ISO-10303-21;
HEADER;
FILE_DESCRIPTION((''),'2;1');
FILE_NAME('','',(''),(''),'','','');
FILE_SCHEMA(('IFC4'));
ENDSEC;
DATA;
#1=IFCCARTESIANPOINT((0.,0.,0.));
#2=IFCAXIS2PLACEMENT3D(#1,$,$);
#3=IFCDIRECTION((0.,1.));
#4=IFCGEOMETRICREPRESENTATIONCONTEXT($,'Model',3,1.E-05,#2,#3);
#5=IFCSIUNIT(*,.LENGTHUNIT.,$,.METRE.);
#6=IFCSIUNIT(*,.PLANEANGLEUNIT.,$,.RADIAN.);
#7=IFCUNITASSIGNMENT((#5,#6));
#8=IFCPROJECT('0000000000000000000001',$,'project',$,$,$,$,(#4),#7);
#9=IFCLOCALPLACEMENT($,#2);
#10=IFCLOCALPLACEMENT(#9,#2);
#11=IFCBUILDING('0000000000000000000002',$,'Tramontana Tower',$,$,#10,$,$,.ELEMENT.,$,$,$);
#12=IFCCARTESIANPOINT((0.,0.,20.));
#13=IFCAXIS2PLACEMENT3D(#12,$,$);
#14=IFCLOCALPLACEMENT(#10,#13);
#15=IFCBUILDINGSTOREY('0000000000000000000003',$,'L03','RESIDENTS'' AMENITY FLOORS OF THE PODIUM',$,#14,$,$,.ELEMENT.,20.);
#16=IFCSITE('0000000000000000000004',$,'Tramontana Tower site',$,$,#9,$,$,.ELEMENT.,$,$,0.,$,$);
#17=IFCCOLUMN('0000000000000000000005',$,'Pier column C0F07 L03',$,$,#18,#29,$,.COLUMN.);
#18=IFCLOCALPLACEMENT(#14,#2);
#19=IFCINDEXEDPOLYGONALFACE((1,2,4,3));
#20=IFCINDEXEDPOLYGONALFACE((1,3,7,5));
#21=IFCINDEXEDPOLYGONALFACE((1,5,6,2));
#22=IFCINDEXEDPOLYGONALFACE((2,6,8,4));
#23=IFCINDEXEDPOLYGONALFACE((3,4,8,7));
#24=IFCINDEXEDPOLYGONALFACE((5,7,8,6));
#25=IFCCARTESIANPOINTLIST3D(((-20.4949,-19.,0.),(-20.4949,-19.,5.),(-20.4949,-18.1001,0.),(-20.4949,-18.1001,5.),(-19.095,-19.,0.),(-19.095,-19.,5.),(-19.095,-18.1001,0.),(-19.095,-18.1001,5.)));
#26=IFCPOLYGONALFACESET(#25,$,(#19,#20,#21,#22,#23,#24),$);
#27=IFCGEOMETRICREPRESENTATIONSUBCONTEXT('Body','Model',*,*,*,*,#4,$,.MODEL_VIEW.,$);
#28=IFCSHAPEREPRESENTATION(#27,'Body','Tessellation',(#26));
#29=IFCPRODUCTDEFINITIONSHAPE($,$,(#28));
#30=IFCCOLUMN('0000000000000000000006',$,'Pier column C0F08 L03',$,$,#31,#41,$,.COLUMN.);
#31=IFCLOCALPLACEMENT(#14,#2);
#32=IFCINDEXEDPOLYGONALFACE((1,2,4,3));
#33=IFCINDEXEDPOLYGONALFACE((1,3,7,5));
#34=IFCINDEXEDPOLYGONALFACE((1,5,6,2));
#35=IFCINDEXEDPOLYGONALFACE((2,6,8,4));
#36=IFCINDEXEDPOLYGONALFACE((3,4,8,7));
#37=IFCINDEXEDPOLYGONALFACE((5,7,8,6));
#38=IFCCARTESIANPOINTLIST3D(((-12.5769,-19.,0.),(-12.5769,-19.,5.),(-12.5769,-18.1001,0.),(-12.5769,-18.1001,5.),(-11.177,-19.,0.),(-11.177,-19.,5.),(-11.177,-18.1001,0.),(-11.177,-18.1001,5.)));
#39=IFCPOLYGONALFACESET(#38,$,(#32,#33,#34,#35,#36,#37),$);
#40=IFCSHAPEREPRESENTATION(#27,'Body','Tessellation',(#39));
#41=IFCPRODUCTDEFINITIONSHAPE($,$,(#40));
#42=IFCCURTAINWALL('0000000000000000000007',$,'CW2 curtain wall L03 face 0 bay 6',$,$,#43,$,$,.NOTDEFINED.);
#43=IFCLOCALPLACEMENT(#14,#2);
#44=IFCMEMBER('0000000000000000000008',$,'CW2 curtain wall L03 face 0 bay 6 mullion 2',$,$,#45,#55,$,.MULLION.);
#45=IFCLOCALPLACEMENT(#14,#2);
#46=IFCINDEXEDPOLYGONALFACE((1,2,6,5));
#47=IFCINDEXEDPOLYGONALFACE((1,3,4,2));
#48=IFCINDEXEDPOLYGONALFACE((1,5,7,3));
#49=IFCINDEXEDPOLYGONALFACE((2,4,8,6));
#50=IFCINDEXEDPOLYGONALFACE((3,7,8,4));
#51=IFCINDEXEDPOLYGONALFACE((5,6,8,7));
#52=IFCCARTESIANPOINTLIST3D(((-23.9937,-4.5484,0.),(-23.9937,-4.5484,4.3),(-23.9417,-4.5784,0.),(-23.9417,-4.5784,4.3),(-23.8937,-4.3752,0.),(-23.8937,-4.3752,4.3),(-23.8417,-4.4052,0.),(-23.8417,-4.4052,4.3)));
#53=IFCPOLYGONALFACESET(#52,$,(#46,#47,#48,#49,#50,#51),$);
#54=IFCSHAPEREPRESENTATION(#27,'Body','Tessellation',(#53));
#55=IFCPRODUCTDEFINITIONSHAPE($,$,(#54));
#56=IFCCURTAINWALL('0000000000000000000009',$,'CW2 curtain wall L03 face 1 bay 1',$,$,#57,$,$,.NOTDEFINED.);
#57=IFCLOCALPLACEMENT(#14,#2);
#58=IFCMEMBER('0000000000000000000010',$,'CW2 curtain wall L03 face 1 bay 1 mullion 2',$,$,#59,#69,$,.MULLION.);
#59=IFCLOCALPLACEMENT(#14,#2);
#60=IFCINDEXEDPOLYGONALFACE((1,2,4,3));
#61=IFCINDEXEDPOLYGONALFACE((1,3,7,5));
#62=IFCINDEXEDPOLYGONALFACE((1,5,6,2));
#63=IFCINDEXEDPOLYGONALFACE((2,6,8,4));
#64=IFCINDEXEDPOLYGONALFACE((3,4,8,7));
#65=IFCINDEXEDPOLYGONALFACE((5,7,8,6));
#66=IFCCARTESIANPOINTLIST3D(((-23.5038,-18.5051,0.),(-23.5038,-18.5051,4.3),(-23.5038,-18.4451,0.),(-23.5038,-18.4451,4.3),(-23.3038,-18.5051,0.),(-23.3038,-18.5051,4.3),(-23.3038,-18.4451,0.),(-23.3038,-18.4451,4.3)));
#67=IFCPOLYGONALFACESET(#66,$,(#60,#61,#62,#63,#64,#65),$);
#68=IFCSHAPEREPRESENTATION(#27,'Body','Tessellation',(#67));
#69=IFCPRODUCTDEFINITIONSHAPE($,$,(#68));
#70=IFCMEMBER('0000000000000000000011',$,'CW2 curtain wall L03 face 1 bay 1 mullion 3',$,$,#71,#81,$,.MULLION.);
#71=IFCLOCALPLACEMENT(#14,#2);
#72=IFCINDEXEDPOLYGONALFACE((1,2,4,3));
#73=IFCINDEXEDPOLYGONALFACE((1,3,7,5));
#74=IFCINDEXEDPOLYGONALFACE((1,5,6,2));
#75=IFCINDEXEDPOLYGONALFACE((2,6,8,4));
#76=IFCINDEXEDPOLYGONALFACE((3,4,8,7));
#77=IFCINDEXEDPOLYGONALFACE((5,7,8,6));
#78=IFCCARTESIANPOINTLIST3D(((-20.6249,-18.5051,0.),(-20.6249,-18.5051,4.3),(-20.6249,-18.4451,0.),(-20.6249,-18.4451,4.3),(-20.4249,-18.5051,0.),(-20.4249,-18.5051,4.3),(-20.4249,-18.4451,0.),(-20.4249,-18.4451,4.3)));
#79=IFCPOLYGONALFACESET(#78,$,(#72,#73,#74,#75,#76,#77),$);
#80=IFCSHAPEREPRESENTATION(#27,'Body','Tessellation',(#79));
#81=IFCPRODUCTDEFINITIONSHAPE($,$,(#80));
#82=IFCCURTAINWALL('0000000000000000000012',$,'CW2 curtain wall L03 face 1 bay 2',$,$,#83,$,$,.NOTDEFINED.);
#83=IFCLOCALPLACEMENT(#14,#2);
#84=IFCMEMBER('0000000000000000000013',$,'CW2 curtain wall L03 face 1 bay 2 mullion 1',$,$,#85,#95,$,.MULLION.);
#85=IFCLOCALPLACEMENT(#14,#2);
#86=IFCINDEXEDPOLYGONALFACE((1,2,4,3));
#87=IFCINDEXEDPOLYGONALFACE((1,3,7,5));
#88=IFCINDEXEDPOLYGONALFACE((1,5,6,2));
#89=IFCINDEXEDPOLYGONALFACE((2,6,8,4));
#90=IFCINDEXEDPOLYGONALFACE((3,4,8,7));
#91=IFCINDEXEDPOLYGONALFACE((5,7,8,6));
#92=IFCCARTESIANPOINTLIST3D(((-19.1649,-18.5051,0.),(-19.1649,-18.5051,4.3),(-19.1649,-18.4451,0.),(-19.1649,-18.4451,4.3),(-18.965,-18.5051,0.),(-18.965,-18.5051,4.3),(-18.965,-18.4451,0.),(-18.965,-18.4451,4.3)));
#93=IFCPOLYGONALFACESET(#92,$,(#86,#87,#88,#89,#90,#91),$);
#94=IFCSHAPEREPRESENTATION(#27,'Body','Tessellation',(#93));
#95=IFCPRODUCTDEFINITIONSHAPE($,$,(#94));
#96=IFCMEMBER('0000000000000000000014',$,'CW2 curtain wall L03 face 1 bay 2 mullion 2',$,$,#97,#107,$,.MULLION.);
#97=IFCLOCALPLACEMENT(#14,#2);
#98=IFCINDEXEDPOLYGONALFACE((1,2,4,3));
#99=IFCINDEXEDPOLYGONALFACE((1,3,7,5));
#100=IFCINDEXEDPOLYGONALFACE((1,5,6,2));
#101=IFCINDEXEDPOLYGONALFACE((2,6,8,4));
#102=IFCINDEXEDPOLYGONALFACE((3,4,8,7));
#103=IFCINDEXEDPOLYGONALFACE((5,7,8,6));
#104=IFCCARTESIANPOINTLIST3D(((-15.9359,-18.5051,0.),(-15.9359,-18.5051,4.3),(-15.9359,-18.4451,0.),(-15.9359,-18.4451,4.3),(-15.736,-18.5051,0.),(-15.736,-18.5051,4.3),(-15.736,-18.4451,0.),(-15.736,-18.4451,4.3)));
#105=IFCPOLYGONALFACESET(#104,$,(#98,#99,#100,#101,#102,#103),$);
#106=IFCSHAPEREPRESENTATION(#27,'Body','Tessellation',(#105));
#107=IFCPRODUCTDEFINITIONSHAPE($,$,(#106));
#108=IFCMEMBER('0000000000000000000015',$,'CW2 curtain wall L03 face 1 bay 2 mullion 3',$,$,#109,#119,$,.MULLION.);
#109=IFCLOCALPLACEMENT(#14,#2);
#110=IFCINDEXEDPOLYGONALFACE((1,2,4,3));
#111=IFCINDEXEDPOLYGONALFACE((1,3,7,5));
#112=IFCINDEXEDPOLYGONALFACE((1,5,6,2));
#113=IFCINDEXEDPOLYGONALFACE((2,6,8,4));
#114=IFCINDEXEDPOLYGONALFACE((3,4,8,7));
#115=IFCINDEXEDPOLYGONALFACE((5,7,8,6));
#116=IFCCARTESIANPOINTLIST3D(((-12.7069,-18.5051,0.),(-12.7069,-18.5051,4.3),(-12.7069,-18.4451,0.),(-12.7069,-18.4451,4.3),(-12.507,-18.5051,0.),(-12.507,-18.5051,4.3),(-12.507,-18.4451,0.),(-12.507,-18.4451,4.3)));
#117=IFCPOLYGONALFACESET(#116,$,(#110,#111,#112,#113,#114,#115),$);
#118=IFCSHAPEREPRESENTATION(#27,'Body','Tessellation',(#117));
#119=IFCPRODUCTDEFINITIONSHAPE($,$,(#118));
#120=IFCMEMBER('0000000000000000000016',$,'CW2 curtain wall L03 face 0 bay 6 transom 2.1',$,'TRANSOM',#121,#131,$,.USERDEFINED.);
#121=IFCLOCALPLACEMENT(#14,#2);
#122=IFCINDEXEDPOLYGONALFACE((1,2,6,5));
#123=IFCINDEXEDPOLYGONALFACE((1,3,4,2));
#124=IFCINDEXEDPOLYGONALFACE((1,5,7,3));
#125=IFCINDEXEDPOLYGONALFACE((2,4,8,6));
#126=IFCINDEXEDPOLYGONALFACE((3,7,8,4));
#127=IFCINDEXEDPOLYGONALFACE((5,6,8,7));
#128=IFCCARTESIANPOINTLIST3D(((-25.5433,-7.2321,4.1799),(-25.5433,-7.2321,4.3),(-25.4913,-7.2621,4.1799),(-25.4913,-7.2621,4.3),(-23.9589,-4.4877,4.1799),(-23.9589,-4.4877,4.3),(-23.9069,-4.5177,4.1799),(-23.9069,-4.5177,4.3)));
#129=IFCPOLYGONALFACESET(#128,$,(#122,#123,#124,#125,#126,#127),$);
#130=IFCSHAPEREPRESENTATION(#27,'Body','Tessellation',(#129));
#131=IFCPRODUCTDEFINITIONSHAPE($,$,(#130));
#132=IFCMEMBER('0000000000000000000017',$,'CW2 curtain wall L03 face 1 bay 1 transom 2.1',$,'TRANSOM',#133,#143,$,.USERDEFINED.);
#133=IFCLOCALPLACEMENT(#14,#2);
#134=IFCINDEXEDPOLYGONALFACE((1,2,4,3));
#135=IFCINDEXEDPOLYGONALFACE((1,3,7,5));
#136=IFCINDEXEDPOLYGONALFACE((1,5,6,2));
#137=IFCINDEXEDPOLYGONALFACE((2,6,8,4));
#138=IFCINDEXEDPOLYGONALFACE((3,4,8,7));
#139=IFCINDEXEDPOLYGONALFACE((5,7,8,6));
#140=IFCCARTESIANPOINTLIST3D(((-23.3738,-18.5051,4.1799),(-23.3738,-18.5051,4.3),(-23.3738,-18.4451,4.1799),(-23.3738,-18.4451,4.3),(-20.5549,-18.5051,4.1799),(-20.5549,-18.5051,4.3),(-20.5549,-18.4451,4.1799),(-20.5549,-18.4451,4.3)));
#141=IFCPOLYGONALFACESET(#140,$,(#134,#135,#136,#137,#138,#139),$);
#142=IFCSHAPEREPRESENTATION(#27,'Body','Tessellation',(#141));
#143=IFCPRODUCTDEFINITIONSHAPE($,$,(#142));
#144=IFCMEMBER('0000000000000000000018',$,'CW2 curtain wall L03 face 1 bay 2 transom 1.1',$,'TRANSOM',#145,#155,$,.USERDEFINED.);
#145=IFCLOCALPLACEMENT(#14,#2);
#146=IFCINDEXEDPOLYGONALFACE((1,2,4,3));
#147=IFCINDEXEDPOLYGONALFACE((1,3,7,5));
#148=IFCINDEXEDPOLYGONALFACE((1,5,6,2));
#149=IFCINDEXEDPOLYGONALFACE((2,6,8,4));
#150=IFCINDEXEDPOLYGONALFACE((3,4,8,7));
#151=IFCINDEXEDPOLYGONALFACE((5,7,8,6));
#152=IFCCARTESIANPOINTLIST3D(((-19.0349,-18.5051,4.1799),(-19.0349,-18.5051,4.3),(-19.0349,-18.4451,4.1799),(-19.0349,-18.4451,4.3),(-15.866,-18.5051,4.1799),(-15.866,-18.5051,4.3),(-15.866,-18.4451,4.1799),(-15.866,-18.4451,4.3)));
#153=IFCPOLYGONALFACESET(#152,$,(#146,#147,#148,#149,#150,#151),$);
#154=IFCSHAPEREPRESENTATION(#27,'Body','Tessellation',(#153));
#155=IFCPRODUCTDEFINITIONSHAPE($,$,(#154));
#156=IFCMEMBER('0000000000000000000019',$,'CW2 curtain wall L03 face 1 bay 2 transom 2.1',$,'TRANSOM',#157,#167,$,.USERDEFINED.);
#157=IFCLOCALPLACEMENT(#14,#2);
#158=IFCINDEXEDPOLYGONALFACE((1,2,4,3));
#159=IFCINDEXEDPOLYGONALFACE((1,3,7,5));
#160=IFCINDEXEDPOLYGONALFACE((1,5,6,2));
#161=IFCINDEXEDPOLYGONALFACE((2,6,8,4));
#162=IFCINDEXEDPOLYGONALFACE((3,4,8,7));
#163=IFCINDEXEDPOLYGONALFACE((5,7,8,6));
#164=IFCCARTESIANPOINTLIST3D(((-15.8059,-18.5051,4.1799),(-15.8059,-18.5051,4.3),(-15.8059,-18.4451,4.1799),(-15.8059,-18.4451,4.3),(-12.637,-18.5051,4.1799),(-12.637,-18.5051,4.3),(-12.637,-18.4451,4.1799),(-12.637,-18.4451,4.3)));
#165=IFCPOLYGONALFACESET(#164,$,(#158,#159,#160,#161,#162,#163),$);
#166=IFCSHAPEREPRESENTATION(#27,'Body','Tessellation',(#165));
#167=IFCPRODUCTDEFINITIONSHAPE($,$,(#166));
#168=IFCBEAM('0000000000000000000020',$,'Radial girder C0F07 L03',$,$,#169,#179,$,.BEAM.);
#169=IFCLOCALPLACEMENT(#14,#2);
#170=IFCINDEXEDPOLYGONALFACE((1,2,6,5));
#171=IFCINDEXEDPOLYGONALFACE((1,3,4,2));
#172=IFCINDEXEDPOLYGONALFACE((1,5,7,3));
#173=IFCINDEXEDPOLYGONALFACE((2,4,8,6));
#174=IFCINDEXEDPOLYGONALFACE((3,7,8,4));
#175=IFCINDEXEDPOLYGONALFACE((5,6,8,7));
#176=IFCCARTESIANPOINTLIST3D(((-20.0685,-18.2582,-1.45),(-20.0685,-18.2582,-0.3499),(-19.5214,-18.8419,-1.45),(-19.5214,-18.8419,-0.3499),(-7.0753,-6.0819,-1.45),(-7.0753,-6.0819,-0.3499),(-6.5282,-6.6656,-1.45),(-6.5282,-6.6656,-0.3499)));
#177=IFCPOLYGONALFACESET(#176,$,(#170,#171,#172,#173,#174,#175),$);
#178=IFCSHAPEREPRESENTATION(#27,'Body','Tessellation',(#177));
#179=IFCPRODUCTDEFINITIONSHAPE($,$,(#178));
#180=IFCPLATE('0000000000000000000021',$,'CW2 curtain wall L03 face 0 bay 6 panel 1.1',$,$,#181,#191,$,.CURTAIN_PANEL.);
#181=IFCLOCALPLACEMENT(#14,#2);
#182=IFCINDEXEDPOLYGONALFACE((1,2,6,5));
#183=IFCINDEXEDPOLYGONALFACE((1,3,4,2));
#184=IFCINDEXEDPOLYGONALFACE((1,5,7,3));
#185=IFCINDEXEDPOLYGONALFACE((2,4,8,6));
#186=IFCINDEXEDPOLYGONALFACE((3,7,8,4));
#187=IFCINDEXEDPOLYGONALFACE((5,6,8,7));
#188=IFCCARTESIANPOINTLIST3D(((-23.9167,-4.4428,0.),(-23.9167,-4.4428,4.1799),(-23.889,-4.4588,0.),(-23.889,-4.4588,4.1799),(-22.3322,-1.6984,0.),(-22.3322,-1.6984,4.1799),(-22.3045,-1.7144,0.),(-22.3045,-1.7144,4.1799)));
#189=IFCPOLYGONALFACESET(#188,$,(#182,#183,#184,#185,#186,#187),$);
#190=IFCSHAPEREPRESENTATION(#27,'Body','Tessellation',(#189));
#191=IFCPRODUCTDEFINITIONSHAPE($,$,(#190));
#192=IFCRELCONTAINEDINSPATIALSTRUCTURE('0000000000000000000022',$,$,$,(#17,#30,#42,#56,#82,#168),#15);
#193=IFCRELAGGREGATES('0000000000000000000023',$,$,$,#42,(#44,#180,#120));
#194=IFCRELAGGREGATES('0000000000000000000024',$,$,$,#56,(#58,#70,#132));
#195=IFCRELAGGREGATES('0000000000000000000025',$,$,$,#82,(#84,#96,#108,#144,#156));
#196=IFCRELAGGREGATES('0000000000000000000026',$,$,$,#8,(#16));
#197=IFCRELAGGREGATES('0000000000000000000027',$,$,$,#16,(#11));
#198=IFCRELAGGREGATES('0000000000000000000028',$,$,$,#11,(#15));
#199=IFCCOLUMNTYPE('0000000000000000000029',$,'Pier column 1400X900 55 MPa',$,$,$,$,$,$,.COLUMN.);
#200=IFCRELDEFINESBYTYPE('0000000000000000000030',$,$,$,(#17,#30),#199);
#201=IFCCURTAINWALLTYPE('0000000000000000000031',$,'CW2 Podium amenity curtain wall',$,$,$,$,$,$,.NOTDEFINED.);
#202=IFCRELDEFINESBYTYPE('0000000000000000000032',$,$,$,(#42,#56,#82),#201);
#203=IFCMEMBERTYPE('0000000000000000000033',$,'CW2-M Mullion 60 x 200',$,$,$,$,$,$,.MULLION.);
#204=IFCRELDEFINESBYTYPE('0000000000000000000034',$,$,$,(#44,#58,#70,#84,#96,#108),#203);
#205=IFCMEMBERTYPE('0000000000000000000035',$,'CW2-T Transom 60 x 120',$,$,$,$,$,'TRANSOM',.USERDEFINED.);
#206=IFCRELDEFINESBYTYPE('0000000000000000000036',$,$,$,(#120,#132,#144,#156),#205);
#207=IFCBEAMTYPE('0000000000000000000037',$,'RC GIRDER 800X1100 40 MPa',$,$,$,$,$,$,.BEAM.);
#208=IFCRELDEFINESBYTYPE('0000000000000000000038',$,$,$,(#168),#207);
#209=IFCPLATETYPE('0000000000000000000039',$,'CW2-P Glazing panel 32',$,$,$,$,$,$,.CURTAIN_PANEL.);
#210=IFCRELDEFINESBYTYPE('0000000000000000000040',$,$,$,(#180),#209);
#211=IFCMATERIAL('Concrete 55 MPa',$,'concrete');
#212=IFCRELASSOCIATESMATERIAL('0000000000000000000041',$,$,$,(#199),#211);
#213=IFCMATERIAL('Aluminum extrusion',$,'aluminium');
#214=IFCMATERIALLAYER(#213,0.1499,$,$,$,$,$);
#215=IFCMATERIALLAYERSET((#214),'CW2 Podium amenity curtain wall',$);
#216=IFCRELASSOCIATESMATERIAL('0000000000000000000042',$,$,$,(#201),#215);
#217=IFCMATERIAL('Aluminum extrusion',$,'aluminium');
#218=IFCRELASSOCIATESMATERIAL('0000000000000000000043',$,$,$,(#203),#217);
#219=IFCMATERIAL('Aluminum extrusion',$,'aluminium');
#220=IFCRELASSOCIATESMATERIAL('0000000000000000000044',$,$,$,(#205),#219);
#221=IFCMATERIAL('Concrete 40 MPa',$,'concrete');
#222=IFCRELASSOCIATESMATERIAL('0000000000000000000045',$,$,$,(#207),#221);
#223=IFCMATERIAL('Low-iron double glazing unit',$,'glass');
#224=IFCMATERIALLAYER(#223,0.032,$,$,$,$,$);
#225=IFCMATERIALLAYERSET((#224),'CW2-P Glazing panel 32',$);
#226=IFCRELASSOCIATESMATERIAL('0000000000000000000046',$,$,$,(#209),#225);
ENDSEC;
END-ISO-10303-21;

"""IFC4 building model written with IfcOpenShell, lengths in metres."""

from ifc_helpers import new_model, si_unit, direction, frame, origin, origin_2d, place, context, subcontext, project, spatial, rectangle, extrude, material, layer, layer_set, material_profile, profile_set, type_object, element, aggregate, save


model = new_model("IFC4")

# Units and contexts
model_context = context("Model", 3, precision=1e-05, world=origin(), true_north=direction((0.0, 1.0)))
body_context = subcontext(model_context, "Body", "Model", "MODEL_VIEW")
ifc_project = project(units=[si_unit("LENGTHUNIT", "METRE"), si_unit("PLANEANGLEUNIT", "RADIAN")], contexts=[model_context])

# Site, building, storey
site_placement = place(None, origin())
site = spatial("IfcSite", under=ifc_project, at=site_placement, Name="Tramontana Tower site", CompositionType="ELEMENT", RefElevation=0.0)
building_placement = place(site_placement, origin())
building = spatial("IfcBuilding", under=site, at=building_placement, Name="Tramontana Tower", CompositionType="ELEMENT")
storey_placement = place(building_placement, frame((0.0, 0.0, 20.0)))
storey = spatial("IfcBuildingStorey", under=building, at=storey_placement, Name="L03", Description="RESIDENTS' AMENITY FLOORS OF THE PODIUM", CompositionType="ELEMENT", Elevation=20.0)

# Columns
ifc_material_1 = material(Name="Concrete 55 MPa", Category="concrete")
ifc_material_profile_1 = material_profile(ifc_material_1, rectangle(XDim=1.3999, YDim=0.8999, at=origin_2d()), Name="Pier column 1400X900 55 MPa")
ifc_profile_set_1 = profile_set([ifc_material_profile_1], Name="Concrete 55 MPa")
column_type = type_object("IfcColumnType", Name="Pier column 1400X900 55 MPa", PredefinedType="COLUMN", material=ifc_profile_set_1)
for number, where, z_axis, x_axis, name in (
    (1, (-19.7949, -18.55, 0.0), (0.0, 0.0, 1.0), (1.0, 0.0, 0.0), "Pier column C0F07 L03"),
    (2, (-11.877, -18.55, 0.0), (0.0, 0.0, 1.0), (1.0, 0.0, 0.0), "Pier column C0F08 L03"),
):
    element("IfcColumn", number, at=place(storey_placement, frame(where, z_axis=z_axis, x_axis=x_axis)), inside=storey, type_object=column_type, Name=name, PredefinedType="COLUMN", context=body_context, shape_type="SweptSolid", body=[
        extrude(rectangle(XDim=1.3999, YDim=0.8999, at=origin_2d()), origin(), (0.0, 0.0, 1.0), 5.0),
    ])

# Curtain wall, member
ifc_material_2 = material(Name="Aluminum extrusion", Category="aluminium")
ifc_layer_1 = layer(ifc_material_2, 0.1499)
ifc_layer_set_1 = layer_set([ifc_layer_1], Name="CW2 Podium amenity curtain wall")
curtain_wall_type = type_object("IfcCurtainWallType", Name="CW2 Podium amenity curtain wall", PredefinedType="NOTDEFINED", material=ifc_layer_set_1)
curtain_wall_1_placement = place(storey_placement, origin())
curtain_wall_1 = element("IfcCurtainWall", 3, at=curtain_wall_1_placement, inside=storey, type_object=curtain_wall_type, Name="CW2 curtain wall L03 face 0 bay 6", PredefinedType="NOTDEFINED")
ifc_material_3 = material(Name="Aluminum extrusion", Category="aluminium")
ifc_material_profile_2 = material_profile(ifc_material_3, rectangle(XDim=0.0601, YDim=0.2, at=origin_2d()), Name="CW2-M Mullion 60 x 200")
ifc_profile_set_2 = profile_set([ifc_material_profile_2], Name="Aluminum extrusion")
member_type_1 = type_object("IfcMemberType", Name="CW2-M Mullion 60 x 200", PredefinedType="MULLION", material=ifc_profile_set_2)
member_1_placement = place(storey_placement, frame((-23.9177, -4.4768, 0.0), z_axis=(0.0, 0.0, 1.0), x_axis=(0.866025, -0.5, 0.0)))
member_1 = element("IfcMember", 4, at=member_1_placement, type_object=member_type_1, Name="CW2 curtain wall L03 face 0 bay 6 mullion 2", PredefinedType="MULLION", context=body_context, shape_type="SweptSolid", body=[
    extrude(rectangle(XDim=0.0601, YDim=0.2, at=origin_2d()), origin(), (0.0, 0.0, 1.0), 4.3),
])

# Curtain walls, members
curtain_wall_2_placement = place(storey_placement, origin())
curtain_wall_2 = element("IfcCurtainWall", 5, at=curtain_wall_2_placement, inside=storey, type_object=curtain_wall_type, Name="CW2 curtain wall L03 face 1 bay 1", PredefinedType="NOTDEFINED")
member_2_placement = place(storey_placement, frame((-23.4038, -18.4751, 0.0), z_axis=(0.0, 0.0, 1.0), x_axis=(0.0, 1.0, 0.0)))
member_2 = element("IfcMember", 6, at=member_2_placement, type_object=member_type_1, Name="CW2 curtain wall L03 face 1 bay 1 mullion 2", PredefinedType="MULLION", context=body_context, shape_type="SweptSolid", body=[
    extrude(rectangle(XDim=0.0601, YDim=0.2, at=origin_2d()), origin(), (0.0, 0.0, 1.0), 4.3),
])
member_3_placement = place(storey_placement, frame((-20.5249, -18.4751, 0.0), z_axis=(0.0, 0.0, 1.0), x_axis=(0.0, 1.0, 0.0)))
member_3 = element("IfcMember", 7, at=member_3_placement, type_object=member_type_1, Name="CW2 curtain wall L03 face 1 bay 1 mullion 3", PredefinedType="MULLION", context=body_context, shape_type="SweptSolid", body=[
    extrude(rectangle(XDim=0.0601, YDim=0.2, at=origin_2d()), origin(), (0.0, 0.0, 1.0), 4.3),
])
curtain_wall_3_placement = place(storey_placement, origin())
curtain_wall_3 = element("IfcCurtainWall", 8, at=curtain_wall_3_placement, inside=storey, type_object=curtain_wall_type, Name="CW2 curtain wall L03 face 1 bay 2", PredefinedType="NOTDEFINED")
member_4_placement = place(storey_placement, frame((-19.0649, -18.4751, 0.0), z_axis=(0.0, 0.0, 1.0), x_axis=(0.0, 1.0, 0.0)))
member_4 = element("IfcMember", 9, at=member_4_placement, type_object=member_type_1, Name="CW2 curtain wall L03 face 1 bay 2 mullion 1", PredefinedType="MULLION", context=body_context, shape_type="SweptSolid", body=[
    extrude(rectangle(XDim=0.0601, YDim=0.2, at=origin_2d()), origin(), (0.0, 0.0, 1.0), 4.3),
])
member_5_placement = place(storey_placement, frame((-15.8359, -18.4751, 0.0), z_axis=(0.0, 0.0, 1.0), x_axis=(0.0, 1.0, 0.0)))
member_5 = element("IfcMember", 10, at=member_5_placement, type_object=member_type_1, Name="CW2 curtain wall L03 face 1 bay 2 mullion 2", PredefinedType="MULLION", context=body_context, shape_type="SweptSolid", body=[
    extrude(rectangle(XDim=0.0601, YDim=0.2, at=origin_2d()), origin(), (0.0, 0.0, 1.0), 4.3),
])
member_6_placement = place(storey_placement, frame((-12.6069, -18.4751, 0.0), z_axis=(0.0, 0.0, 1.0), x_axis=(0.0, 1.0, 0.0)))
member_6 = element("IfcMember", 11, at=member_6_placement, type_object=member_type_1, Name="CW2 curtain wall L03 face 1 bay 2 mullion 3", PredefinedType="MULLION", context=body_context, shape_type="SweptSolid", body=[
    extrude(rectangle(XDim=0.0601, YDim=0.2, at=origin_2d()), origin(), (0.0, 0.0, 1.0), 4.3),
])

# Members
ifc_material_4 = material(Name="Aluminum extrusion", Category="aluminium")
ifc_material_profile_3 = material_profile(ifc_material_4, rectangle(XDim=0.0601, YDim=0.1201, at=origin_2d()), Name="CW2-T Transom 60 x 120")
ifc_profile_set_3 = profile_set([ifc_material_profile_3], Name="Aluminum extrusion")
member_type_2 = type_object("IfcMemberType", Name="CW2-T Transom 60 x 120", ElementType="TRANSOM", PredefinedType="USERDEFINED", material=ifc_profile_set_3)
member_7_placement = place(storey_placement, frame((-23.9329, -4.5027, 4.24), z_axis=(-0.5, -0.866025, 0.0), x_axis=(0.866025, -0.5, 0.0)))
member_7 = element("IfcMember", 12, at=member_7_placement, type_object=member_type_2, Name="CW2 curtain wall L03 face 0 bay 6 transom 2.1", ObjectType="TRANSOM", PredefinedType="USERDEFINED", context=body_context, shape_type="SweptSolid", body=[
    extrude(rectangle(XDim=0.0601, YDim=0.1201, at=origin_2d()), origin(), (0.0, 0.0, 1.0), 3.1689),
])
member_8_placement = place(storey_placement, frame((-23.3738, -18.4751, 4.24), z_axis=(1.0, 0.0, 0.0), x_axis=(0.0, 1.0, 0.0)))
member_8 = element("IfcMember", 13, at=member_8_placement, type_object=member_type_2, Name="CW2 curtain wall L03 face 1 bay 1 transom 2.1", ObjectType="TRANSOM", PredefinedType="USERDEFINED", context=body_context, shape_type="SweptSolid", body=[
    extrude(rectangle(XDim=0.0601, YDim=0.1201, at=origin_2d()), origin(), (0.0, 0.0, 1.0), 2.8188),
])
member_9_placement = place(storey_placement, frame((-19.0349, -18.4751, 4.24), z_axis=(1.0, 0.0, 0.0), x_axis=(0.0, 1.0, 0.0)))
member_9 = element("IfcMember", 14, at=member_9_placement, type_object=member_type_2, Name="CW2 curtain wall L03 face 1 bay 2 transom 1.1", ObjectType="TRANSOM", PredefinedType="USERDEFINED", context=body_context, shape_type="SweptSolid", body=[
    extrude(rectangle(XDim=0.0601, YDim=0.1201, at=origin_2d()), origin(), (0.0, 0.0, 1.0), 3.1689),
])
member_10_placement = place(storey_placement, frame((-15.8059, -18.4751, 4.24), z_axis=(1.0, 0.0, 0.0), x_axis=(0.0, 1.0, 0.0)))
member_10 = element("IfcMember", 15, at=member_10_placement, type_object=member_type_2, Name="CW2 curtain wall L03 face 1 bay 2 transom 2.1", ObjectType="TRANSOM", PredefinedType="USERDEFINED", context=body_context, shape_type="SweptSolid", body=[
    extrude(rectangle(XDim=0.0601, YDim=0.1201, at=origin_2d()), origin(), (0.0, 0.0, 1.0), 3.1689),
])

# Beam
ifc_material_5 = material(Name="Concrete 40 MPa", Category="concrete")
ifc_material_profile_4 = material_profile(ifc_material_5, rectangle(XDim=0.8, YDim=1.1001, at=origin_2d()), Name="RC GIRDER 800X1100 40 MPa")
ifc_profile_set_4 = profile_set([ifc_material_profile_4], Name="Concrete 40 MPa")
beam_type = type_object("IfcBeamType", Name="RC GIRDER 800X1100 40 MPa", PredefinedType="BEAM", material=ifc_profile_set_4)
beam_placement = place(storey_placement, frame((-19.7949, -18.55, -0.8999), z_axis=(0.729672, 0.683797, 0.0), x_axis=(-0.683797, 0.729672, 0.0)))
element("IfcBeam", 16, at=beam_placement, inside=storey, type_object=beam_type, Name="Radial girder C0F07 L03", PredefinedType="BEAM", context=body_context, shape_type="SweptSolid", body=[
    extrude(rectangle(XDim=0.8, YDim=1.1001, at=origin_2d()), origin(), (0.0, 0.0, 1.0), 17.8069),
])

# Plate
ifc_material_6 = material(Name="Low-iron double glazing unit", Category="glass")
ifc_layer_2 = layer(ifc_material_6, 0.032)
ifc_layer_set_2 = layer_set([ifc_layer_2], Name="CW2-P Glazing panel 32")
plate_type = type_object("IfcPlateType", Name="CW2-P Glazing panel 32", PredefinedType="CURTAIN_PANEL", material=ifc_layer_set_2)
plate_1_placement = place(storey_placement, frame((-23.1106, -3.0786, 0.0), z_axis=(0.0, 0.0, 1.0), x_axis=(-0.5, -0.866025, 0.0)))
plate_1 = element("IfcPlate", 17, at=plate_1_placement, type_object=plate_type, Name="CW2 curtain wall L03 face 0 bay 6 panel 1.1", PredefinedType="CURTAIN_PANEL", context=body_context, shape_type="SweptSolid", body=[
    extrude(rectangle(XDim=3.1689, YDim=0.032, at=origin_2d()), origin(), (0.0, 0.0, 1.0), 4.1799),
])
aggregate(curtain_wall_1, [member_1, plate_1, member_7])
aggregate(curtain_wall_2, [member_2, member_3, member_8])
aggregate(curtain_wall_3, [member_4, member_5, member_6, member_9, member_10])

save(model, "model.ifc")
